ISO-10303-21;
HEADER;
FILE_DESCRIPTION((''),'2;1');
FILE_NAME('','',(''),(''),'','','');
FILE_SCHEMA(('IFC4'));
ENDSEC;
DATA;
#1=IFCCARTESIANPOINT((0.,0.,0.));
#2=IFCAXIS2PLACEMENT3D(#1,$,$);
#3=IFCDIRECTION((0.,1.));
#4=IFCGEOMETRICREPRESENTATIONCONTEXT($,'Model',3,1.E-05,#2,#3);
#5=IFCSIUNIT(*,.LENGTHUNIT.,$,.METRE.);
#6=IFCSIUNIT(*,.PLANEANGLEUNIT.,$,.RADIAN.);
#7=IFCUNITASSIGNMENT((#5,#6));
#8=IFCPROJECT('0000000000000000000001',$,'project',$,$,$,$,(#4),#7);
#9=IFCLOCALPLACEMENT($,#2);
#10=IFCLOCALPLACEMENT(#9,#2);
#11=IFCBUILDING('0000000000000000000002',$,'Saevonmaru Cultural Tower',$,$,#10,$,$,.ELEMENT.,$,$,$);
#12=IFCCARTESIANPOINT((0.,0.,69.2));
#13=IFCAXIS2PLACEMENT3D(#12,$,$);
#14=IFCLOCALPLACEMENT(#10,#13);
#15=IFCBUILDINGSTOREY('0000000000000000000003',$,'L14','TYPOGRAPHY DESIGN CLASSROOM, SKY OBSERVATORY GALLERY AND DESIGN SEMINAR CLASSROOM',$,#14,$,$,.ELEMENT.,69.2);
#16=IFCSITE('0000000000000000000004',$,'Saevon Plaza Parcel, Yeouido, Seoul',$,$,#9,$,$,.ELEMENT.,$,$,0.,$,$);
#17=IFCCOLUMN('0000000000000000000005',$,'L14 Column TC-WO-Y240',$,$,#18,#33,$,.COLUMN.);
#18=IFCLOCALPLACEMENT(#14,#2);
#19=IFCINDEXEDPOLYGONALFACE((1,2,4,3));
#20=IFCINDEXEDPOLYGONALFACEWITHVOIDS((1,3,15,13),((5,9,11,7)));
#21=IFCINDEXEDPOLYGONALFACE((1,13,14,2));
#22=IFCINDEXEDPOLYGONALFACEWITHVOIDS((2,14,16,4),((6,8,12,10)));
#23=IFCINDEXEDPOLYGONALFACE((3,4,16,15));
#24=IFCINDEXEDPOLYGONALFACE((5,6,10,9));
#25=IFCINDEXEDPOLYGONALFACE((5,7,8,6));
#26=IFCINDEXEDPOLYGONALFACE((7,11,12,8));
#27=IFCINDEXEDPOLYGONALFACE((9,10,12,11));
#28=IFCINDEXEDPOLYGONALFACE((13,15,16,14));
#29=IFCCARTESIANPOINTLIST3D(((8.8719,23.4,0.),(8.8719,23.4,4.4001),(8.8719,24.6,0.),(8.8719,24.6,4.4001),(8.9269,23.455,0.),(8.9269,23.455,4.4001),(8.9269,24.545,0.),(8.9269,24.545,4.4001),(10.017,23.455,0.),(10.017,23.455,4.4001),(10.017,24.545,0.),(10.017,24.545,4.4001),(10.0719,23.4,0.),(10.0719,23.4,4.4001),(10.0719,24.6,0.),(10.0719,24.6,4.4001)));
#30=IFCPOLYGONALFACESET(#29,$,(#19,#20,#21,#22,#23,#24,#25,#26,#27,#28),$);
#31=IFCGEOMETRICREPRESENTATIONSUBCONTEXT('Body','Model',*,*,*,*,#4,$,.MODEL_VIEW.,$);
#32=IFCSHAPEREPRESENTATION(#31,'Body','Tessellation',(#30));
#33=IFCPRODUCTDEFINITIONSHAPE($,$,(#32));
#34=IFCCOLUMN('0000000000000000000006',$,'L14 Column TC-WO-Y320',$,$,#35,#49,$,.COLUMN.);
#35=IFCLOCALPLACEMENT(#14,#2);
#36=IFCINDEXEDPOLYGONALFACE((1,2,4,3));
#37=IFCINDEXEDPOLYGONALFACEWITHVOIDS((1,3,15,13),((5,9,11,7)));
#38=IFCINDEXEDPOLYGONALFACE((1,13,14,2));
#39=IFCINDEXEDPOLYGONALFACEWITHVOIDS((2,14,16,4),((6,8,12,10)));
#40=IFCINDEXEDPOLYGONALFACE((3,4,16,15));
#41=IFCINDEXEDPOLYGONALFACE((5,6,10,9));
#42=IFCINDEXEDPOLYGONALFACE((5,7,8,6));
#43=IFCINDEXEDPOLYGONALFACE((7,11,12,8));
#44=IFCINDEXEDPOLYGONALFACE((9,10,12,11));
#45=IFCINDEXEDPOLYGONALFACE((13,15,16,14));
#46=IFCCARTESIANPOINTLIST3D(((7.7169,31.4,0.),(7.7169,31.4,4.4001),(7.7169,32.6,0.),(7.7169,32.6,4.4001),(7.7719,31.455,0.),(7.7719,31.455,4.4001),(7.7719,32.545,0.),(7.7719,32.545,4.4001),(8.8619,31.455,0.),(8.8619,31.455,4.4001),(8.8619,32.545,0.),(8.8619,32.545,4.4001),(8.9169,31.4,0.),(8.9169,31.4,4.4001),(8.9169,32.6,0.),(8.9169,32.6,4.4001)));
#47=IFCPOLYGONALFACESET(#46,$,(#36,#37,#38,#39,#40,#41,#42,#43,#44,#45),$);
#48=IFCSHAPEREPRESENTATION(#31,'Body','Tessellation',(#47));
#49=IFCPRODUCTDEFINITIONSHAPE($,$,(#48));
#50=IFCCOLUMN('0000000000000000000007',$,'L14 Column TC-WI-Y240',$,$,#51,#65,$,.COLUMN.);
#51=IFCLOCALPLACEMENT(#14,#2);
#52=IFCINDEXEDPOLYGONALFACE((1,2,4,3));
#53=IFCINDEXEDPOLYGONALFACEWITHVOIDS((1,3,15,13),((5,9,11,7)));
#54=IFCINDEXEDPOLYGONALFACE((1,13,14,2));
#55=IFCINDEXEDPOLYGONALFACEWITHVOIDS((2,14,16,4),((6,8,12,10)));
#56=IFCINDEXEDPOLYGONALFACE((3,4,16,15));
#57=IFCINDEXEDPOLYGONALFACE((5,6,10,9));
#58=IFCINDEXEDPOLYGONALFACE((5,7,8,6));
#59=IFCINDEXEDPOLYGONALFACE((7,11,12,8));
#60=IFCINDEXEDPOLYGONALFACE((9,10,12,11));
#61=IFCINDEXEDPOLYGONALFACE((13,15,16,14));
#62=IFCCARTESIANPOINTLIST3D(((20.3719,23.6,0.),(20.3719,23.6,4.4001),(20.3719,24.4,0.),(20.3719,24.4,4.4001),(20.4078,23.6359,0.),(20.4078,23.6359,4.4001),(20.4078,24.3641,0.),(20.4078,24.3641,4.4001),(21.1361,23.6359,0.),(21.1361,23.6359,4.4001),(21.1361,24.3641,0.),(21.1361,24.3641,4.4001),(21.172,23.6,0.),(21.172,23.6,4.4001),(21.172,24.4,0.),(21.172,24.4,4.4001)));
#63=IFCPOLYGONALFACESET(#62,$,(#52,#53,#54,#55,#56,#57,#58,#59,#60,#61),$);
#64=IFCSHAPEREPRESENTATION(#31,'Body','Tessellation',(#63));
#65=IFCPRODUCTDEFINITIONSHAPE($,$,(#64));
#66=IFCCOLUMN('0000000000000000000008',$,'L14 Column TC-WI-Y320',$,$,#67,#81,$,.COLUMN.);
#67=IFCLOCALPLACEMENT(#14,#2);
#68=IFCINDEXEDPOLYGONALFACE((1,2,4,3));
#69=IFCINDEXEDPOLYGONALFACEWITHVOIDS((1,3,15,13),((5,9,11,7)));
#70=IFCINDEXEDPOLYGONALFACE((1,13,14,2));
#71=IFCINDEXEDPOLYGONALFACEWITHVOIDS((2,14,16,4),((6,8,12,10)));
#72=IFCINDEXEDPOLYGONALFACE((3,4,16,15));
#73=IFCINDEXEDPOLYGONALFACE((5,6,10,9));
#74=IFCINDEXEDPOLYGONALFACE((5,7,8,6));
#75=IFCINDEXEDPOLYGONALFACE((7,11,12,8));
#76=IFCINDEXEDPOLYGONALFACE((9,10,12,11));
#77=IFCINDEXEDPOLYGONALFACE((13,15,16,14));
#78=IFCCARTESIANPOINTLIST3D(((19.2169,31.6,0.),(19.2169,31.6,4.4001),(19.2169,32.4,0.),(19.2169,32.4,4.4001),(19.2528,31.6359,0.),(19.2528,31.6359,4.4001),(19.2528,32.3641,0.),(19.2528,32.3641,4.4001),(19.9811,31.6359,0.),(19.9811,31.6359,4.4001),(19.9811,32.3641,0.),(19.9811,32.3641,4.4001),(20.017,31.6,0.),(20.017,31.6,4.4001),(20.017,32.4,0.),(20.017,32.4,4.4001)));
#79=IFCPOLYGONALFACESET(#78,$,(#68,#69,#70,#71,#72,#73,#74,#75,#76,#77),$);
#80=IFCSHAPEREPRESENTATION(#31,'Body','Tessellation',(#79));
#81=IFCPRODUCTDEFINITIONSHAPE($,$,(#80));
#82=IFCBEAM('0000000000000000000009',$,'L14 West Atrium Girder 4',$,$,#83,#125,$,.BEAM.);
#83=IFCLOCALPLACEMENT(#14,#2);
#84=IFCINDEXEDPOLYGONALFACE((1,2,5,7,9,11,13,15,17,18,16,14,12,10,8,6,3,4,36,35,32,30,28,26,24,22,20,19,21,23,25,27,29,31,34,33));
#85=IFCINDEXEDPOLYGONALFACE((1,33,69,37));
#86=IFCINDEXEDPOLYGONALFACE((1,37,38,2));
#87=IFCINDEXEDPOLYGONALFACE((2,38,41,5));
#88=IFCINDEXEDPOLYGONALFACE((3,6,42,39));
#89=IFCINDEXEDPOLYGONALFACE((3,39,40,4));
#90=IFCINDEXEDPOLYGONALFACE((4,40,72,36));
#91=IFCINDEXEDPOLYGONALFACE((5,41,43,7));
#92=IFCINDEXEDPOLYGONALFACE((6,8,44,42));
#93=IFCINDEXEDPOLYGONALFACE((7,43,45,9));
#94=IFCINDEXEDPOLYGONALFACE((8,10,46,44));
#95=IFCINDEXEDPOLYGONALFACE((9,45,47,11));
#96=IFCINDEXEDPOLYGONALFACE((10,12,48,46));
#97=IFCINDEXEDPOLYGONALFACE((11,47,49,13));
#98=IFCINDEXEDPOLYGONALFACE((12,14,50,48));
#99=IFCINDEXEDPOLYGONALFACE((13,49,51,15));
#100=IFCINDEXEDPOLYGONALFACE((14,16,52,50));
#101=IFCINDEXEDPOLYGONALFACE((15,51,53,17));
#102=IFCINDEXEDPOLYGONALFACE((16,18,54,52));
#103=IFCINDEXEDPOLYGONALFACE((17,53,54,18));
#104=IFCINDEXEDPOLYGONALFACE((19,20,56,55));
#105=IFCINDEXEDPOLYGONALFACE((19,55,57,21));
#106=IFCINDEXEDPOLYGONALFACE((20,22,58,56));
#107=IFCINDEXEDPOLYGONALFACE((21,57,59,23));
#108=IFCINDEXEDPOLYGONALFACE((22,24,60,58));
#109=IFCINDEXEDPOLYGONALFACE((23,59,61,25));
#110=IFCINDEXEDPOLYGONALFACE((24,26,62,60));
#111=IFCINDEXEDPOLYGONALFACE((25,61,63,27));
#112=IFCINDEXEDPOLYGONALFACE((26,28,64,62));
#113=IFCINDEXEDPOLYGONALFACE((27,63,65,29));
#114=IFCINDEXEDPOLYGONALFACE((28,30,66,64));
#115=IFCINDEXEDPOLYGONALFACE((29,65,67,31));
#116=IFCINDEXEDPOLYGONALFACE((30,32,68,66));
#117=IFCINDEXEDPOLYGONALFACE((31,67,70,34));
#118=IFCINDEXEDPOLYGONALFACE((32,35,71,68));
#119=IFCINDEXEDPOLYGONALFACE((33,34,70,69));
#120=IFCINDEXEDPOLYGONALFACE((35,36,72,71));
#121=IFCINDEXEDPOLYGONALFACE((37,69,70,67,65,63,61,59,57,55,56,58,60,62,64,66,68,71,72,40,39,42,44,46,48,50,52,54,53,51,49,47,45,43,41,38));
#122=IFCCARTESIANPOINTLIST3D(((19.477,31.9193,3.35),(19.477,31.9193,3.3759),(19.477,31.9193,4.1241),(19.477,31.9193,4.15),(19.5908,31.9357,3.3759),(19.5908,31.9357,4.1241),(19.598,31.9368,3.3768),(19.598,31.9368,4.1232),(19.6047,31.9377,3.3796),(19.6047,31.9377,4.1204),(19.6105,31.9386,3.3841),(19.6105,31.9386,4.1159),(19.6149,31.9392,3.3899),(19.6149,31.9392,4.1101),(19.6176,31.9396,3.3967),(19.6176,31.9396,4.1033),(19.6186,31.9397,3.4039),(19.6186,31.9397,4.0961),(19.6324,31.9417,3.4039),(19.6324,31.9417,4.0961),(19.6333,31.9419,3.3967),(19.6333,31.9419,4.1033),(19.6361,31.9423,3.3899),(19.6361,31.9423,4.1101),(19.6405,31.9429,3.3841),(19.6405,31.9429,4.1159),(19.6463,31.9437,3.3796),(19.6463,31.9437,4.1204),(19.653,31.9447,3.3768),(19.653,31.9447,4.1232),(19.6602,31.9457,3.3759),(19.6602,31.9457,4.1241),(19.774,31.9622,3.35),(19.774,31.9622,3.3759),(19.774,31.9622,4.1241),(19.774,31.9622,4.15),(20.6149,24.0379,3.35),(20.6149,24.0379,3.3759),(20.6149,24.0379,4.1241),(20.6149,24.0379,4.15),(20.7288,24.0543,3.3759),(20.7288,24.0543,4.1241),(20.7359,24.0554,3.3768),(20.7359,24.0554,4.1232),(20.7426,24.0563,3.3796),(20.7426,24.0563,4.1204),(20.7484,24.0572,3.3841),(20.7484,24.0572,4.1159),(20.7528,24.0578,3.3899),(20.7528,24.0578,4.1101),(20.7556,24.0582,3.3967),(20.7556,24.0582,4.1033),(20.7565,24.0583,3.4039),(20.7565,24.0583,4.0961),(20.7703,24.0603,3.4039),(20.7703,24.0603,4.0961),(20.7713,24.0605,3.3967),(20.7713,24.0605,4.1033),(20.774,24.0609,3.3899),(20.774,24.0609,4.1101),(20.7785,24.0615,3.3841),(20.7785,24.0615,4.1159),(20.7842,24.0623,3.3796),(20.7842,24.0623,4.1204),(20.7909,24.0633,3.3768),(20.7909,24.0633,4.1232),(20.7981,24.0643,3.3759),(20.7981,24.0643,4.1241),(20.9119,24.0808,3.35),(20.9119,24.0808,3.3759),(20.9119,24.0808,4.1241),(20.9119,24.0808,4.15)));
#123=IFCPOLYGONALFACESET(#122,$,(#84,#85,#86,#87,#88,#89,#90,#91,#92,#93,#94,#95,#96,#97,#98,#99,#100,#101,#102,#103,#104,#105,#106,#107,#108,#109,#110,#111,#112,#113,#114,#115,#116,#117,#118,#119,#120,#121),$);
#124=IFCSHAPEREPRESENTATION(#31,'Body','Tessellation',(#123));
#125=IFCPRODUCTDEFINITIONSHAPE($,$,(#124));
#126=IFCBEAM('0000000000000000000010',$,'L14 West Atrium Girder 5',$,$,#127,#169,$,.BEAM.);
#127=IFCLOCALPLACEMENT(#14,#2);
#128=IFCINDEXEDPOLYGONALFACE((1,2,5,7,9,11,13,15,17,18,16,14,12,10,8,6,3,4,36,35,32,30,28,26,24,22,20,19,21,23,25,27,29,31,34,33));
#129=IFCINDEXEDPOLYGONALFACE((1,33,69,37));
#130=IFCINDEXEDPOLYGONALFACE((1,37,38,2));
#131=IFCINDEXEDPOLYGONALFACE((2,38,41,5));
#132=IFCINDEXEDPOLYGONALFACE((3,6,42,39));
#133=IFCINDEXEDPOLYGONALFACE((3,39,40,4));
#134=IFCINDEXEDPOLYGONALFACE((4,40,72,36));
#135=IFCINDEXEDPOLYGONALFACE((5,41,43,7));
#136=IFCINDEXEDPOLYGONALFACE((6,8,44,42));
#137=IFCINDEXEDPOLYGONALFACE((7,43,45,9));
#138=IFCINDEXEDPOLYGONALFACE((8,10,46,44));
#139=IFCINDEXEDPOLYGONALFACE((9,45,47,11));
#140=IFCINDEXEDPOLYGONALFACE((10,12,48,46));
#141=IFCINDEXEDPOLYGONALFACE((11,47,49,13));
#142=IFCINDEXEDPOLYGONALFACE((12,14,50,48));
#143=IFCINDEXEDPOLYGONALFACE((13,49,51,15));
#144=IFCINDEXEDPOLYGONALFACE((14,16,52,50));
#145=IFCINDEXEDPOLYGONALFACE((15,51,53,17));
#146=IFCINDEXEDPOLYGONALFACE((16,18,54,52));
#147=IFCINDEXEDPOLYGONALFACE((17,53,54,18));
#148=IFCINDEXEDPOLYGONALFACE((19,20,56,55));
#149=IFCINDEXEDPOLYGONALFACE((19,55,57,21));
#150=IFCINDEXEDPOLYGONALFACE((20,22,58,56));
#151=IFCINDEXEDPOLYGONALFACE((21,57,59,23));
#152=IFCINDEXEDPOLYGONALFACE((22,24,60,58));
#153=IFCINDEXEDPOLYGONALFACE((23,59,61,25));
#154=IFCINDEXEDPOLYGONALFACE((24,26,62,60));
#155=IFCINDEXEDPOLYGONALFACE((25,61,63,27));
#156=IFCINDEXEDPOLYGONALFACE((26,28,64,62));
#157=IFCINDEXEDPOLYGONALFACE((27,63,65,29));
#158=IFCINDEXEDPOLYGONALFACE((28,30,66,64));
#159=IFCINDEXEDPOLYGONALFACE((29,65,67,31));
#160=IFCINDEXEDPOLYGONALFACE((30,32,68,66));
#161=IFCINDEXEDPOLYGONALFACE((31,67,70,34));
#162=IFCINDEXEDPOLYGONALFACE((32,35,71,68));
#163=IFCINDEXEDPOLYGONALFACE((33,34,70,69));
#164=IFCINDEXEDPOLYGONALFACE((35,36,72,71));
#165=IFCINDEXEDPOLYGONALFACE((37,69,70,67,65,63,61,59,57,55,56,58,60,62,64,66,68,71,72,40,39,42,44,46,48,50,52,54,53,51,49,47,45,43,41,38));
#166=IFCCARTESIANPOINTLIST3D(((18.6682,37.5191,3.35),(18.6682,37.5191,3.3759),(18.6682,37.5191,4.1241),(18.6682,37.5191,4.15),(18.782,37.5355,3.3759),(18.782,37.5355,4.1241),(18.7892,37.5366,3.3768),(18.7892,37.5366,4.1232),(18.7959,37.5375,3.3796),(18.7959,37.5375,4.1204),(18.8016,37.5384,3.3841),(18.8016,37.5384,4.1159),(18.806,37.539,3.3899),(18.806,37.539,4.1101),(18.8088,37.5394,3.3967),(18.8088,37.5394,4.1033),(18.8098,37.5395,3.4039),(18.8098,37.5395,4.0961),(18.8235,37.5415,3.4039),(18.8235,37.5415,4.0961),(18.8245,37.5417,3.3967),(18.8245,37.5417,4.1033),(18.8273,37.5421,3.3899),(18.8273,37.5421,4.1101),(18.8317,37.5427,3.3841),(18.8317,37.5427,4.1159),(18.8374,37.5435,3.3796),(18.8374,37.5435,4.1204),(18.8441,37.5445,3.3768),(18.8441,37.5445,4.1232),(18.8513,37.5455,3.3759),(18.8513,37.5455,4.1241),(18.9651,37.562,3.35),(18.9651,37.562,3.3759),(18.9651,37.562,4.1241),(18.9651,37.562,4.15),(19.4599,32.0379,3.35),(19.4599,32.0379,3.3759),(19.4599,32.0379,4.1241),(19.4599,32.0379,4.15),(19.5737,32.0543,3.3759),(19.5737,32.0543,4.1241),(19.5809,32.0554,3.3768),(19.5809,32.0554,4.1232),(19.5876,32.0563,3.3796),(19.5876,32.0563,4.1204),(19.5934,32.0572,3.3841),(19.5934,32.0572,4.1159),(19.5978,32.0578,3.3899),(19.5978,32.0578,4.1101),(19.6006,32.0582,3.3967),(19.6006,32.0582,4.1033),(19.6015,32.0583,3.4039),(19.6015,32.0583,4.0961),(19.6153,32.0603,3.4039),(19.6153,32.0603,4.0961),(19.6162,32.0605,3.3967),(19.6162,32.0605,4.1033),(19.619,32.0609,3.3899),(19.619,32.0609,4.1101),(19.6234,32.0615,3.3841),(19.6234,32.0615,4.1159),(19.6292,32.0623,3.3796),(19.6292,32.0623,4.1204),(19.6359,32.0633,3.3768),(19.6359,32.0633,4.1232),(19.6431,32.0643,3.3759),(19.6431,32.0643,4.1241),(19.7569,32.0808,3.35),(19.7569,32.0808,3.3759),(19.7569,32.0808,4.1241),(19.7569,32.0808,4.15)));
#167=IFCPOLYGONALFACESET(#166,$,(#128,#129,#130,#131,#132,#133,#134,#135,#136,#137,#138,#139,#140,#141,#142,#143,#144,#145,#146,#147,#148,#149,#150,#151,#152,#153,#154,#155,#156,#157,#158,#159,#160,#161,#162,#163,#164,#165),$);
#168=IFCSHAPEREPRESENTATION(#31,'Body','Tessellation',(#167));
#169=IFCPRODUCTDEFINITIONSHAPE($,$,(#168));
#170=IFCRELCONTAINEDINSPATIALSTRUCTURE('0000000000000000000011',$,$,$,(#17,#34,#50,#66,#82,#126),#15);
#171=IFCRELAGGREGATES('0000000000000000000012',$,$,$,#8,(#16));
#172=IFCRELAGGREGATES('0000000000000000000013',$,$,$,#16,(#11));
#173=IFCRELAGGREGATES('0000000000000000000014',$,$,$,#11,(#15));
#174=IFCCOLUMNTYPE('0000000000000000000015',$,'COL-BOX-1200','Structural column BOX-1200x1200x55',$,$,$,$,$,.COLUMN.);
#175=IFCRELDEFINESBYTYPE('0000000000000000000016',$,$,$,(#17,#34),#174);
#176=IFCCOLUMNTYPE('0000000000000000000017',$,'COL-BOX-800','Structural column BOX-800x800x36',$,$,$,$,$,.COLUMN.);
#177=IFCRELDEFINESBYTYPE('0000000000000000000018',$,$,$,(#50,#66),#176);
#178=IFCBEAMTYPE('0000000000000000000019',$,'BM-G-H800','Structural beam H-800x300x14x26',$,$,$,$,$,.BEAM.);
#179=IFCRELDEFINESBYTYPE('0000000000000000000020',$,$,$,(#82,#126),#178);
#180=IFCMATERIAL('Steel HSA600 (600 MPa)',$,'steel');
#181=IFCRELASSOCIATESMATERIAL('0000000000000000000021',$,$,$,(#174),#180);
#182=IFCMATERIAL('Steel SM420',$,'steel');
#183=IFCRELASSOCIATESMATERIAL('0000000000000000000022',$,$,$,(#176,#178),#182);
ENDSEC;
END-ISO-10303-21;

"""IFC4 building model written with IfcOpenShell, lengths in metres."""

from ifc_helpers import new_model, si_unit, direction, frame, origin, origin_2d, place, context, subcontext, project, spatial, hollow_rectangle, i_section, extrude, material, material_profile, profile_set, type_object, element, save


model = new_model("IFC4")

# Units and contexts
model_context = context("Model", 3, precision=1e-05, world=origin(), true_north=direction((0.0, 1.0)))
body_context = subcontext(model_context, "Body", "Model", "MODEL_VIEW")
ifc_project = project(units=[si_unit("LENGTHUNIT", "METRE"), si_unit("PLANEANGLEUNIT", "RADIAN")], contexts=[model_context])

# Site, building, storey
site_placement = place(None, origin())
site = spatial("IfcSite", under=ifc_project, at=site_placement, Name="Saevon Plaza Parcel, Yeouido, Seoul", CompositionType="ELEMENT", RefElevation=0.0)
building_placement = place(site_placement, origin())
building = spatial("IfcBuilding", under=site, at=building_placement, Name="Saevonmaru Cultural Tower", CompositionType="ELEMENT")
storey_placement = place(building_placement, frame((0.0, 0.0, 69.2)))
storey = spatial("IfcBuildingStorey", under=building, at=storey_placement, Name="L14", Description="TYPOGRAPHY DESIGN CLASSROOM, SKY OBSERVATORY GALLERY AND DESIGN SEMINAR CLASSROOM", CompositionType="ELEMENT", Elevation=69.2)

# Columns
ifc_material_1 = material(Name="Steel HSA600 (600 MPa)", Category="steel")
ifc_material_profile_1 = material_profile(ifc_material_1, hollow_rectangle(XDim=1.2, YDim=1.2, WallThickness=0.0549, at=origin_2d()), Name="BOX-1200x1200x55")
ifc_profile_set_1 = profile_set([ifc_material_profile_1], Name="Steel HSA600 (600 MPa)")
column_type_1 = type_object("IfcColumnType", Name="COL-BOX-1200", Description="Structural column BOX-1200x1200x55", PredefinedType="COLUMN", material=ifc_profile_set_1)
for number, where, z_axis, x_axis, name in (
    (1, (9.4719, 24.0, 0.0), (0.0, 0.0, 1.0), (1.0, 0.0, 0.0), "L14 Column TC-WO-Y240"),
    (2, (8.3169, 32.0, 0.0), (0.0, 0.0, 1.0), (1.0, 0.0, 0.0), "L14 Column TC-WO-Y320"),
):
    element("IfcColumn", number, at=place(storey_placement, frame(where, z_axis=z_axis, x_axis=x_axis)), inside=storey, type_object=column_type_1, Name=name, PredefinedType="COLUMN", context=body_context, shape_type="SweptSolid", body=[
        extrude(hollow_rectangle(XDim=1.2, YDim=1.2, WallThickness=0.0549, at=origin_2d()), origin(), (0.0, 0.0, 1.0), 4.4001),
    ])
ifc_material_2 = material(Name="Steel SM420", Category="steel")
ifc_material_profile_2 = material_profile(ifc_material_2, hollow_rectangle(XDim=0.8, YDim=0.8, WallThickness=0.0359, at=origin_2d()), Name="BOX-800x800x36")
ifc_profile_set_2 = profile_set([ifc_material_profile_2], Name="Steel SM420")
column_type_2 = type_object("IfcColumnType", Name="COL-BOX-800", Description="Structural column BOX-800x800x36", PredefinedType="COLUMN", material=ifc_profile_set_2)
for number, where, z_axis, x_axis, name in (
    (3, (20.772, 24.0, 0.0), (0.0, 0.0, 1.0), (1.0, 0.0, 0.0), "L14 Column TC-WI-Y240"),
    (4, (19.6169, 32.0, 0.0), (0.0, 0.0, 1.0), (1.0, 0.0, 0.0), "L14 Column TC-WI-Y320"),
):
    element("IfcColumn", number, at=place(storey_placement, frame(where, z_axis=z_axis, x_axis=x_axis)), inside=storey, type_object=column_type_2, Name=name, PredefinedType="COLUMN", context=body_context, shape_type="SweptSolid", body=[
        extrude(hollow_rectangle(XDim=0.8, YDim=0.8, WallThickness=0.0359, at=origin_2d()), origin(), (0.0, 0.0, 1.0), 4.4001),
    ])

# Beams
ifc_material_profile_3 = material_profile(ifc_material_2, i_section(OverallWidth=0.3, OverallDepth=0.8, WebThickness=0.0139, FlangeThickness=0.0259, FilletRadius=0.0281, at=origin_2d()), Name="H-800x300x14x26")
ifc_profile_set_3 = profile_set([ifc_material_profile_3], Name="Steel SM420")
beam_type_1 = type_object("IfcBeamType", Name="BM-G-H800", Description="Structural beam H-800x300x14x26", PredefinedType="BEAM", material=ifc_profile_set_3)
beam_1_placement = place(storey_placement, frame((20.7634, 24.0593, 3.75), z_axis=(-0.142902, 0.989737, 0.0), x_axis=(-0.989737, -0.142902, 0.0)))
element("IfcBeam", 5, at=beam_1_placement, inside=storey, type_object=beam_type_1, Name="L14 West Atrium Girder 4", PredefinedType="BEAM", context=body_context, shape_type="SweptSolid", body=[
    extrude(i_section(OverallWidth=0.3, OverallDepth=0.8, WebThickness=0.0139, FlangeThickness=0.0259, FilletRadius=0.0281, at=origin_2d()), origin(), (0.0, 0.0, 1.0), 7.9631),
])
beam_2_placement = place(storey_placement, frame((19.6084, 32.0593, 3.75), z_axis=(-0.142964, 0.989728, 0.0), x_axis=(-0.989728, -0.142964, 0.0)))
element("IfcBeam", 6, at=beam_2_placement, inside=storey, type_object=beam_type_1, Name="L14 West Atrium Girder 5", PredefinedType="BEAM", context=body_context, shape_type="SweptSolid", body=[
    extrude(i_section(OverallWidth=0.3, OverallDepth=0.8, WebThickness=0.0139, FlangeThickness=0.0259, FilletRadius=0.0281, at=origin_2d()), origin(), (0.0, 0.0, 1.0), 5.5381),
])

save(model, "model.ifc")
